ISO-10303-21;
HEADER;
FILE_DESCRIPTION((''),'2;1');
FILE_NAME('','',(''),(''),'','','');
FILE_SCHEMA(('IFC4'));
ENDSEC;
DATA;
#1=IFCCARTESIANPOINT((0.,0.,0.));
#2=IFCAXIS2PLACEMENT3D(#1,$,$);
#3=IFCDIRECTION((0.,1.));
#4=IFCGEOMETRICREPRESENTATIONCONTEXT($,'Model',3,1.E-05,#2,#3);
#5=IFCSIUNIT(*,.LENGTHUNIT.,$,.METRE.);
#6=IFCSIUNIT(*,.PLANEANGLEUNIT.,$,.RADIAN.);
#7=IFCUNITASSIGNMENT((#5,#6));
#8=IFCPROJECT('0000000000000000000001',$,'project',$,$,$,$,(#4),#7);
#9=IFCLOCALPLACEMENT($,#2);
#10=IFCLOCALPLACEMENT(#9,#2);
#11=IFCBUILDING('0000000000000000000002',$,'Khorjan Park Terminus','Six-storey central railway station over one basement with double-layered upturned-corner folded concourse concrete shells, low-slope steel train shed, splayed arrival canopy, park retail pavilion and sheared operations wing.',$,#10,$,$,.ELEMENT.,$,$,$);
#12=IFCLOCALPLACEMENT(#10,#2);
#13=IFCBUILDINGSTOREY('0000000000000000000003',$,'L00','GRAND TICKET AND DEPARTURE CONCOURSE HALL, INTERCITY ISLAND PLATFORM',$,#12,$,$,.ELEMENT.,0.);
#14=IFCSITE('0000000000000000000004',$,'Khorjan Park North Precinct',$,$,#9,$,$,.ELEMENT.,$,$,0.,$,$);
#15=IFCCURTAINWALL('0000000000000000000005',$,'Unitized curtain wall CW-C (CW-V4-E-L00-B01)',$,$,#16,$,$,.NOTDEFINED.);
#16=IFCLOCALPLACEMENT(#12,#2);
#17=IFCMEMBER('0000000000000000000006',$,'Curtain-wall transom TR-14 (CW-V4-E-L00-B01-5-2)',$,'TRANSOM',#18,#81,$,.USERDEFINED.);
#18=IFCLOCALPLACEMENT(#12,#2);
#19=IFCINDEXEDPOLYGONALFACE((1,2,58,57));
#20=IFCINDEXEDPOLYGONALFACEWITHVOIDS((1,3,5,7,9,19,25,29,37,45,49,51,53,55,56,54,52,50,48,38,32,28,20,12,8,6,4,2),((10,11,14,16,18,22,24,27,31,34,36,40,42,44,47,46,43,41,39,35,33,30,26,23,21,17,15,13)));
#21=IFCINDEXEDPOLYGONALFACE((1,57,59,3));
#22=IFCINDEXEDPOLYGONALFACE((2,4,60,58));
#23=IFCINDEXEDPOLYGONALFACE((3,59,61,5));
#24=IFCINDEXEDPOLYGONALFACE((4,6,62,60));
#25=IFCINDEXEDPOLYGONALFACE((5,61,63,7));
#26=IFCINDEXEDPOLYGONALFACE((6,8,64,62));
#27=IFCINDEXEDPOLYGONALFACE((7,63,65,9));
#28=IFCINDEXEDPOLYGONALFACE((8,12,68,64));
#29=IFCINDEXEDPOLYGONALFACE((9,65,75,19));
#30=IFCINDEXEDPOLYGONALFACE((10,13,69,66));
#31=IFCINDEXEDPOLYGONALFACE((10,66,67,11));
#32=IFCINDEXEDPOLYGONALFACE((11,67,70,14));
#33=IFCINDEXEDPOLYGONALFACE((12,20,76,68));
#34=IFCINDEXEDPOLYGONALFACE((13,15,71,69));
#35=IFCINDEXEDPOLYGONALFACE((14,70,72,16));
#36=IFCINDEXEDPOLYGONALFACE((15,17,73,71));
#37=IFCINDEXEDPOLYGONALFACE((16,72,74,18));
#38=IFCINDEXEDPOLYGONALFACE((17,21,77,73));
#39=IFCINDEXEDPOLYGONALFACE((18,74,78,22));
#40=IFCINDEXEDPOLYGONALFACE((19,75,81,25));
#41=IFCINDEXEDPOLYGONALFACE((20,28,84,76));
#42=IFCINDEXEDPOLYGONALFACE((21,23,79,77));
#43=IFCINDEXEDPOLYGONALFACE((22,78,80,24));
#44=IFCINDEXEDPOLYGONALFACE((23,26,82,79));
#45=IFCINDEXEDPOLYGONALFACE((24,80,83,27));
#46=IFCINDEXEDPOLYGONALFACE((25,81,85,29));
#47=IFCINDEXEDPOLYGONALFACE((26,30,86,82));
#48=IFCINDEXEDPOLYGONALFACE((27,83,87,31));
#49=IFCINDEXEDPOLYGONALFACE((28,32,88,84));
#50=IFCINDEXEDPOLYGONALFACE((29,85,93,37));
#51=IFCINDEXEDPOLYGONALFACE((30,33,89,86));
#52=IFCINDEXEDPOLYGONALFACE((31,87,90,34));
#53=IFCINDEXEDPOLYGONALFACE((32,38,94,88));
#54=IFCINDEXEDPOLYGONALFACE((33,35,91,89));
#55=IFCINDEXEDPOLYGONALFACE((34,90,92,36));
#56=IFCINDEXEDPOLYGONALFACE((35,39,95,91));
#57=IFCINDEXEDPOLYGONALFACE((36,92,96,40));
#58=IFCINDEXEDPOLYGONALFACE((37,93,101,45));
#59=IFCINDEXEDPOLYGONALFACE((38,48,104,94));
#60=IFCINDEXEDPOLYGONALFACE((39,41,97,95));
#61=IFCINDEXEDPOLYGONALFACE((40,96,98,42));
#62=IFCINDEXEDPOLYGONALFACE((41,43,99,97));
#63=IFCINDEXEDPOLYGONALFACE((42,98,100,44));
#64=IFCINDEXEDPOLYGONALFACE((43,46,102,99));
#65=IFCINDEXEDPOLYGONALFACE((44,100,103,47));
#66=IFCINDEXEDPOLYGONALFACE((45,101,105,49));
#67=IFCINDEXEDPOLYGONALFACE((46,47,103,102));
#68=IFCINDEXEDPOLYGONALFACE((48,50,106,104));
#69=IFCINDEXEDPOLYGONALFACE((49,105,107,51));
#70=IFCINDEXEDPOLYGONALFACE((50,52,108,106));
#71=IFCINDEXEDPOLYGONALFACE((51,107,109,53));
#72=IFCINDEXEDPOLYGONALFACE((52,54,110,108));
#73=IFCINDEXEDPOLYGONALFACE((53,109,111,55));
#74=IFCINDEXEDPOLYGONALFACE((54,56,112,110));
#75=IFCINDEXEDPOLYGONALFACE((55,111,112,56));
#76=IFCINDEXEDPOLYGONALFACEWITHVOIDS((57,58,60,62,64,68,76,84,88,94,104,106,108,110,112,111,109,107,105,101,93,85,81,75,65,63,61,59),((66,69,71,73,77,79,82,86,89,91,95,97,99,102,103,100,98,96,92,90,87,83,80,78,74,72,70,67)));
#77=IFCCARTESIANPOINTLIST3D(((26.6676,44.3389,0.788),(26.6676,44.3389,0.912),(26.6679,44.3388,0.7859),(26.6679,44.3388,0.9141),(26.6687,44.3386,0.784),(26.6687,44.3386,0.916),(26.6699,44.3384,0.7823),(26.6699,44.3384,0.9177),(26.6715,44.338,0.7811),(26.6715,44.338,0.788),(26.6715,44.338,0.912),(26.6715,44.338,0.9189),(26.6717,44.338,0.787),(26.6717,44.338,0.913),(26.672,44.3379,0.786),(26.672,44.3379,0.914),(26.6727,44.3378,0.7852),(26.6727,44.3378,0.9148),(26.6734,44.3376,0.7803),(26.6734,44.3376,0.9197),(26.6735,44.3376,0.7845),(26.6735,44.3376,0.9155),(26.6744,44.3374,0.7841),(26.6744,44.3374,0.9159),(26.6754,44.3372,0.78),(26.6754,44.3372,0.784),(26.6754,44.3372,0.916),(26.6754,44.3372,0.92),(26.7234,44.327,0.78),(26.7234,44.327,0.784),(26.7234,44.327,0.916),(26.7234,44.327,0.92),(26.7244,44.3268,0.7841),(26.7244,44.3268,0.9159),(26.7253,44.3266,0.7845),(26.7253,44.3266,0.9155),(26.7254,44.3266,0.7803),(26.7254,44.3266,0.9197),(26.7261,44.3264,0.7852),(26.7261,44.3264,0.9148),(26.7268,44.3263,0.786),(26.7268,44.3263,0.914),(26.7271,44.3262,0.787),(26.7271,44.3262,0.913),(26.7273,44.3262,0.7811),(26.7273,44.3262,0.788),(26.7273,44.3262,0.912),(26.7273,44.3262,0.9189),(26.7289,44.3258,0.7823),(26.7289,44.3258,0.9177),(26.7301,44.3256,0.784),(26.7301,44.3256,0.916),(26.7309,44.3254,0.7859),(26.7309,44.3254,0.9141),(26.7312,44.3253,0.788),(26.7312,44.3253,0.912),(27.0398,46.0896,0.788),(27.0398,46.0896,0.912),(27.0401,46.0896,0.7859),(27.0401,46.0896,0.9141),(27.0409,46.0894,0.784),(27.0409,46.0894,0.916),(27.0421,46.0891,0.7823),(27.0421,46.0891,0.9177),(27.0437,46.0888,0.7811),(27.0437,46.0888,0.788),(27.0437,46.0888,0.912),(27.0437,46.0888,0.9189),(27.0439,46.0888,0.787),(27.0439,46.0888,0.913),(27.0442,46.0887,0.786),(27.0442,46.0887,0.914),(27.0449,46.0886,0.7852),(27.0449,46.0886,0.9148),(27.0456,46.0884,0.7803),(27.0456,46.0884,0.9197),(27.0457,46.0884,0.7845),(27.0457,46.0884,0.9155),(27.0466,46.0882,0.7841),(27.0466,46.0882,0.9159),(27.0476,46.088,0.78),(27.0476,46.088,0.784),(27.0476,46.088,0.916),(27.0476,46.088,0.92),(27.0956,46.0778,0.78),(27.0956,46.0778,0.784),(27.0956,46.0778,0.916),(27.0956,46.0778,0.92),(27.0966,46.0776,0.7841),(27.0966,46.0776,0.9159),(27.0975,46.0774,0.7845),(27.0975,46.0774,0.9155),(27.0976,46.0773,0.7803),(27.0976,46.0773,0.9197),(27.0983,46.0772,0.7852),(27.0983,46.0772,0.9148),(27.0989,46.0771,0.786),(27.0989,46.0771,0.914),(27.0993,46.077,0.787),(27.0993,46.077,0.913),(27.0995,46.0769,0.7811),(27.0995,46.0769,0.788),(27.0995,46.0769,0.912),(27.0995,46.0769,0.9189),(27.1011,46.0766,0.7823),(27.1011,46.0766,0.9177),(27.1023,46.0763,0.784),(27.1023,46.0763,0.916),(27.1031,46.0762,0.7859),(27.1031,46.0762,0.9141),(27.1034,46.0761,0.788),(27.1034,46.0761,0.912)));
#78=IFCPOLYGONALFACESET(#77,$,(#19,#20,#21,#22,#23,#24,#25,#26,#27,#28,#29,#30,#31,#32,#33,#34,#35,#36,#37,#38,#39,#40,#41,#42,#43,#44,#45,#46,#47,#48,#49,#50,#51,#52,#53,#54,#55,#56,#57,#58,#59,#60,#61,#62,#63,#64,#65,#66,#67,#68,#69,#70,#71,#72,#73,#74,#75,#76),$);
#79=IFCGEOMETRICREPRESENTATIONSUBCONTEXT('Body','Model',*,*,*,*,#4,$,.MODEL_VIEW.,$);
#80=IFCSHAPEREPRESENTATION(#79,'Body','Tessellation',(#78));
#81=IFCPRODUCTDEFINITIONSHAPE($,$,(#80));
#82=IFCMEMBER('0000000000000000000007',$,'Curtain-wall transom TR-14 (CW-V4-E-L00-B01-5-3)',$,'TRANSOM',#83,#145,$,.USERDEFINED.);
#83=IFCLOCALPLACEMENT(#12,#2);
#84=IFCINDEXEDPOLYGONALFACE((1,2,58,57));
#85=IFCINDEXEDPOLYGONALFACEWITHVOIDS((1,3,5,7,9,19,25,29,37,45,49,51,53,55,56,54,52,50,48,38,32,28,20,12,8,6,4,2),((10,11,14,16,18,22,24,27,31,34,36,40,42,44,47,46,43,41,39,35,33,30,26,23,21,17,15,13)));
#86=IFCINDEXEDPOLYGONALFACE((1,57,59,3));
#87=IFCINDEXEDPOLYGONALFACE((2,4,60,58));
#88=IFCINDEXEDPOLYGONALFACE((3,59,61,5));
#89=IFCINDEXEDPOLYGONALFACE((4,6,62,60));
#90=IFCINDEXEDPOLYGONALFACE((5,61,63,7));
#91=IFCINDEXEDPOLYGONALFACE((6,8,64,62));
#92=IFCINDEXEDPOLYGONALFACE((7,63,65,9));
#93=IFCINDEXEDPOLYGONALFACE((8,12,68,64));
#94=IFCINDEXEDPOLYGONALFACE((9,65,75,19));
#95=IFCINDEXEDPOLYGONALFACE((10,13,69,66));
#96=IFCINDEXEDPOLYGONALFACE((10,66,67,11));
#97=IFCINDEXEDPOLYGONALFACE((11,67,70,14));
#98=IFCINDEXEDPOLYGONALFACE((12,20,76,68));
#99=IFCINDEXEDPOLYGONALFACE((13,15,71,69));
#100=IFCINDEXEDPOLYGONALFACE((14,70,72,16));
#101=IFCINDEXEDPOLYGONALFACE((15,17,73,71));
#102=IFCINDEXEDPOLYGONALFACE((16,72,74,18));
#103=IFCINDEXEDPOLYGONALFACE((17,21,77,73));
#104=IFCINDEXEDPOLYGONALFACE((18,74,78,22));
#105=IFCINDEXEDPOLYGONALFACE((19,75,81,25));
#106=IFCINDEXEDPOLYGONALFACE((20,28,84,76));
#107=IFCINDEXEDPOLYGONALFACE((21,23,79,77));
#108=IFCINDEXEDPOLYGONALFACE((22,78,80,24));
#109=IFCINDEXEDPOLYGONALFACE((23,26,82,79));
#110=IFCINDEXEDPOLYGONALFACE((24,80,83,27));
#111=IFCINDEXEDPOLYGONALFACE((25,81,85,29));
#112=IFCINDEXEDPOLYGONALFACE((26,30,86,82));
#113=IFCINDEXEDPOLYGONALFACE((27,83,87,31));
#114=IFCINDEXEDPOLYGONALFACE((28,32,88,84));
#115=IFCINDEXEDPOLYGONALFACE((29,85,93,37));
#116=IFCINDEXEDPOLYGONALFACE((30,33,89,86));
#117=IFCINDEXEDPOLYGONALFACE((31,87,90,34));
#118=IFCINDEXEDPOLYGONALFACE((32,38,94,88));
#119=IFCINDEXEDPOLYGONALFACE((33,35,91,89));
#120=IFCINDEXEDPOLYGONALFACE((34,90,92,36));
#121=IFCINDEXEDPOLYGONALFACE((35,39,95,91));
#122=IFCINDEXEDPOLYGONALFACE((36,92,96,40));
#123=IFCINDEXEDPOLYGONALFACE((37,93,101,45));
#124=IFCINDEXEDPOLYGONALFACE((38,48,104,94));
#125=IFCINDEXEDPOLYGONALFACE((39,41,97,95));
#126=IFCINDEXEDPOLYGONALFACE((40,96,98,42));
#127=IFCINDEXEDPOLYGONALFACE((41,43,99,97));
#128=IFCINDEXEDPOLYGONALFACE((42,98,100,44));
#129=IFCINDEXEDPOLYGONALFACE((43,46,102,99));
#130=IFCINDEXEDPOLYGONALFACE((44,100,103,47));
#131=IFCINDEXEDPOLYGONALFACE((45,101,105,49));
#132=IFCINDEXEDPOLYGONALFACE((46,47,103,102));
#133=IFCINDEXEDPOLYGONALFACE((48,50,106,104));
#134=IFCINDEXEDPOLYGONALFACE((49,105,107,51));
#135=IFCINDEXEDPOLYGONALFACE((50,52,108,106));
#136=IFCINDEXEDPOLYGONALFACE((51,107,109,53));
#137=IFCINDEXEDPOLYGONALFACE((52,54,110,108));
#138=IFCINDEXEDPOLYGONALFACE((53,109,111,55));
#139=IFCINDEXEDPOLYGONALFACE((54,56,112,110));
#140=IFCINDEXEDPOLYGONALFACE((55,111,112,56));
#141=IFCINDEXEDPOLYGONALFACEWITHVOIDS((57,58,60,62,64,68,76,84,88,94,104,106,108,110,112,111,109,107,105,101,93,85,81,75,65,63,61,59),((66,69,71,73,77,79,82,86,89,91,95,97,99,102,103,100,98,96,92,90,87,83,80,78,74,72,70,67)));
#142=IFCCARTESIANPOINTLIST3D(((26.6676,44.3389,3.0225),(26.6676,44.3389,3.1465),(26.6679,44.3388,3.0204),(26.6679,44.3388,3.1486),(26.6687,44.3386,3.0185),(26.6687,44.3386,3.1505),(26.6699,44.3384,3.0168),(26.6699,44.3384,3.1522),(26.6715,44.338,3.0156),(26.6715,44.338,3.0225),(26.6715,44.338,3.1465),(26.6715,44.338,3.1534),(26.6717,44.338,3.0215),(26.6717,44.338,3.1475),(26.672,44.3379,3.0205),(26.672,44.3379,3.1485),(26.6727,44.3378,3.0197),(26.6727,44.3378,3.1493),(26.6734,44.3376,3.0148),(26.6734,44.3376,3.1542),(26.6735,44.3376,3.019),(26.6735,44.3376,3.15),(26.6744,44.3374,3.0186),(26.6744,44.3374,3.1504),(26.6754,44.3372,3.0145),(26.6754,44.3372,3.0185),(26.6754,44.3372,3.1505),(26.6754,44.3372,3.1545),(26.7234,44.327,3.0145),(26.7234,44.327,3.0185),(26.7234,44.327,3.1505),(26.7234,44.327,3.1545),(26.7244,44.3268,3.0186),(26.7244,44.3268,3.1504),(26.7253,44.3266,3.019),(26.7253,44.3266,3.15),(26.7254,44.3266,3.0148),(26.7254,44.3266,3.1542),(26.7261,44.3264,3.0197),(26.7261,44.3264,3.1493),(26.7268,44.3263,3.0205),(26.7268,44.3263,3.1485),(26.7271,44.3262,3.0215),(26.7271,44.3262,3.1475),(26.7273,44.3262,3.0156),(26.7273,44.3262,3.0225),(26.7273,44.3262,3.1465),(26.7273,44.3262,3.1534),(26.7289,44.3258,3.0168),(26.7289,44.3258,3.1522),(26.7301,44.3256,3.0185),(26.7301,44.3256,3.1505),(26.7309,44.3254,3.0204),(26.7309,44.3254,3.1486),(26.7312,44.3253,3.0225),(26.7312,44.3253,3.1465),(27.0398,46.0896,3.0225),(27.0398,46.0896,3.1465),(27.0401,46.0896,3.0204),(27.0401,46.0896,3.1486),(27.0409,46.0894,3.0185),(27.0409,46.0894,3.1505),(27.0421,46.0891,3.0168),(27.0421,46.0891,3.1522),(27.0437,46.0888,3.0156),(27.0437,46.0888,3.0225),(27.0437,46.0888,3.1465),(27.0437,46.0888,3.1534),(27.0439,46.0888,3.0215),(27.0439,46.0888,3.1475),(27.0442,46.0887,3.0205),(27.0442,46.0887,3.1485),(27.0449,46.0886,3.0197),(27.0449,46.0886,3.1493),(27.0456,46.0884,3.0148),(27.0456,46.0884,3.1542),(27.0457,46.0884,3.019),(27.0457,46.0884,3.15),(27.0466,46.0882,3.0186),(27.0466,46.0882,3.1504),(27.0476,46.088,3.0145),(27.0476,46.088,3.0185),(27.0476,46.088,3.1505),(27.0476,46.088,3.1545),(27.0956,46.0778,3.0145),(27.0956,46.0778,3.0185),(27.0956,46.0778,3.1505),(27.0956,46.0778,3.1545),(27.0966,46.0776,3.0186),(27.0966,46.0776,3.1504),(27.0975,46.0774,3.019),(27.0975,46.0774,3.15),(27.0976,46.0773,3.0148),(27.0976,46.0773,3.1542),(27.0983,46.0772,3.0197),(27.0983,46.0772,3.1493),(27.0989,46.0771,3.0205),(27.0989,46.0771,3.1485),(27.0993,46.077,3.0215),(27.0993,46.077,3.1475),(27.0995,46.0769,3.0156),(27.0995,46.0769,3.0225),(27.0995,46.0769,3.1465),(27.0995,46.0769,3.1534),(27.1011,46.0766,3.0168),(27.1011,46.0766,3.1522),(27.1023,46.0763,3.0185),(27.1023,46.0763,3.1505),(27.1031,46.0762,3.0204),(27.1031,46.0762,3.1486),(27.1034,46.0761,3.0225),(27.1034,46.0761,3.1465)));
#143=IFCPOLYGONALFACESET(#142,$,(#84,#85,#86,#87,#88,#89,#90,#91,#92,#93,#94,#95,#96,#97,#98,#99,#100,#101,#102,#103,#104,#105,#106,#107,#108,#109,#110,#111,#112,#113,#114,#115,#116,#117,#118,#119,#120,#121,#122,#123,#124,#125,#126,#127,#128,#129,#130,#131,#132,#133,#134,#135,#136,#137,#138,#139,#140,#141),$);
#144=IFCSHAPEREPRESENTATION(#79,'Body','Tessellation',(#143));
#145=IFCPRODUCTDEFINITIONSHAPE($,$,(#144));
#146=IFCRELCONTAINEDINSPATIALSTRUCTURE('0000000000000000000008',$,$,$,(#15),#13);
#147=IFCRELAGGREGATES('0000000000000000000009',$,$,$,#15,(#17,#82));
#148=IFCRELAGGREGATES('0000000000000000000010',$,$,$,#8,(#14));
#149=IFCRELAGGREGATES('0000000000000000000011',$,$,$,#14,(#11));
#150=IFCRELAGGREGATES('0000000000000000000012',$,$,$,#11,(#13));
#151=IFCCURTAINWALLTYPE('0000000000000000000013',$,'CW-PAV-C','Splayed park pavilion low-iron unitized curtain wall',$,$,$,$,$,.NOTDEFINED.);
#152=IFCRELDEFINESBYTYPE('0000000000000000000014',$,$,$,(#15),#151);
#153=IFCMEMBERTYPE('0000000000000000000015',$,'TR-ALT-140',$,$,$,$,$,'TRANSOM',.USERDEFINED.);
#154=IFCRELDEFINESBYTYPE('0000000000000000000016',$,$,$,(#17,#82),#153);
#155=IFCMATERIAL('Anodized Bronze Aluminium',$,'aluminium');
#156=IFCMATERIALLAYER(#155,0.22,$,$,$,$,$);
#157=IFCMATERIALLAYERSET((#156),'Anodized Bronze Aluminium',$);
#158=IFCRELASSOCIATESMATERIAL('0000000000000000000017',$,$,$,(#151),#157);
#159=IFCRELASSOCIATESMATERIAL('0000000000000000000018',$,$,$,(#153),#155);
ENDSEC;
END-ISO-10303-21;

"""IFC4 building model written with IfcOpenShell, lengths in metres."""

from ifc_helpers import new_model, si_unit, direction, frame, origin, origin_2d, place, context, subcontext, project, spatial, hollow_rectangle, extrude, material, layer, layer_set, material_profile, profile_set, type_object, element, aggregate, save


model = new_model("IFC4")

# Units and contexts
model_context = context("Model", 3, precision=1e-05, world=origin(), true_north=direction((0.0, 1.0)))
body_context = subcontext(model_context, "Body", "Model", "MODEL_VIEW")
ifc_project = project(units=[si_unit("LENGTHUNIT", "METRE"), si_unit("PLANEANGLEUNIT", "RADIAN")], contexts=[model_context])

# Site, building, storey
site_placement = place(None, origin())
site = spatial("IfcSite", under=ifc_project, at=site_placement, Name="Khorjan Park North Precinct", CompositionType="ELEMENT", RefElevation=0.0)
building_placement = place(site_placement, origin())
building = spatial("IfcBuilding", under=site, at=building_placement, Name="Khorjan Park Terminus", Description="Six-storey central railway station over one basement with double-layered upturned-corner folded concourse concrete shells, low-slope steel train shed, splayed arrival canopy, park retail pavilion and sheared operations wing.", CompositionType="ELEMENT")
storey_placement = place(building_placement, origin())
storey = spatial("IfcBuildingStorey", under=building, at=storey_placement, Name="L00", Description="GRAND TICKET AND DEPARTURE CONCOURSE HALL, INTERCITY ISLAND PLATFORM", CompositionType="ELEMENT", Elevation=0.0)

# Curtain wall, members
ifc_material_1 = material(Name="Anodized Bronze Aluminium", Category="aluminium")
ifc_layer_1 = layer(ifc_material_1, 0.22)
ifc_layer_set_1 = layer_set([ifc_layer_1], Name="Anodized Bronze Aluminium")
curtain_wall_type = type_object("IfcCurtainWallType", Name="CW-PAV-C", Description="Splayed park pavilion low-iron unitized curtain wall", PredefinedType="NOTDEFINED", material=ifc_layer_set_1)
curtain_wall_placement = place(storey_placement, origin())
curtain_wall = element("IfcCurtainWall", 1, at=curtain_wall_placement, inside=storey, type_object=curtain_wall_type, Name="Unitized curtain wall CW-C (CW-V4-E-L00-B01)", PredefinedType="NOTDEFINED")
ifc_material_profile_1 = material_profile(ifc_material_1, hollow_rectangle(XDim=0.065, YDim=0.14, WallThickness=0.004, InnerFilletRadius=0.004, OuterFilletRadius=0.008, at=origin_2d()), Name="ALT 65x140x4")
ifc_profile_set_1 = profile_set([ifc_material_profile_1], Name="Anodized Bronze Aluminium")
member_type_1 = type_object("IfcMemberType", Name="TR-ALT-140", ElementType="TRANSOM", PredefinedType="USERDEFINED", material=ifc_profile_set_1)
member_1_placement = place(storey_placement, frame((26.6994, 44.3321, 0.85), z_axis=(0.207942, 0.978141, 0.0), x_axis=(-0.978141, 0.207942, 0.0)))
member_1 = element("IfcMember", 2, at=member_1_placement, type_object=member_type_1, Name="Curtain-wall transom TR-14 (CW-V4-E-L00-B01-5-2)", ObjectType="TRANSOM", PredefinedType="USERDEFINED", context=body_context, shape_type="SweptSolid", body=[
    extrude(hollow_rectangle(XDim=0.065, YDim=0.14, WallThickness=0.004, InnerFilletRadius=0.004, OuterFilletRadius=0.008, at=origin_2d()), origin(), (0.0, 0.0, 1.0), 1.7899),
])
member_2_placement = place(storey_placement, frame((26.6994, 44.3321, 3.0845), z_axis=(0.207942, 0.978141, 0.0), x_axis=(-0.978141, 0.207942, 0.0)))
member_2 = element("IfcMember", 3, at=member_2_placement, type_object=member_type_1, Name="Curtain-wall transom TR-14 (CW-V4-E-L00-B01-5-3)", ObjectType="TRANSOM", PredefinedType="USERDEFINED", context=body_context, shape_type="SweptSolid", body=[
    extrude(hollow_rectangle(XDim=0.065, YDim=0.14, WallThickness=0.004, InnerFilletRadius=0.004, OuterFilletRadius=0.008, at=origin_2d()), origin(), (0.0, 0.0, 1.0), 1.7899),
])
aggregate(curtain_wall, [member_1, member_2])

save(model, "model.ifc")
